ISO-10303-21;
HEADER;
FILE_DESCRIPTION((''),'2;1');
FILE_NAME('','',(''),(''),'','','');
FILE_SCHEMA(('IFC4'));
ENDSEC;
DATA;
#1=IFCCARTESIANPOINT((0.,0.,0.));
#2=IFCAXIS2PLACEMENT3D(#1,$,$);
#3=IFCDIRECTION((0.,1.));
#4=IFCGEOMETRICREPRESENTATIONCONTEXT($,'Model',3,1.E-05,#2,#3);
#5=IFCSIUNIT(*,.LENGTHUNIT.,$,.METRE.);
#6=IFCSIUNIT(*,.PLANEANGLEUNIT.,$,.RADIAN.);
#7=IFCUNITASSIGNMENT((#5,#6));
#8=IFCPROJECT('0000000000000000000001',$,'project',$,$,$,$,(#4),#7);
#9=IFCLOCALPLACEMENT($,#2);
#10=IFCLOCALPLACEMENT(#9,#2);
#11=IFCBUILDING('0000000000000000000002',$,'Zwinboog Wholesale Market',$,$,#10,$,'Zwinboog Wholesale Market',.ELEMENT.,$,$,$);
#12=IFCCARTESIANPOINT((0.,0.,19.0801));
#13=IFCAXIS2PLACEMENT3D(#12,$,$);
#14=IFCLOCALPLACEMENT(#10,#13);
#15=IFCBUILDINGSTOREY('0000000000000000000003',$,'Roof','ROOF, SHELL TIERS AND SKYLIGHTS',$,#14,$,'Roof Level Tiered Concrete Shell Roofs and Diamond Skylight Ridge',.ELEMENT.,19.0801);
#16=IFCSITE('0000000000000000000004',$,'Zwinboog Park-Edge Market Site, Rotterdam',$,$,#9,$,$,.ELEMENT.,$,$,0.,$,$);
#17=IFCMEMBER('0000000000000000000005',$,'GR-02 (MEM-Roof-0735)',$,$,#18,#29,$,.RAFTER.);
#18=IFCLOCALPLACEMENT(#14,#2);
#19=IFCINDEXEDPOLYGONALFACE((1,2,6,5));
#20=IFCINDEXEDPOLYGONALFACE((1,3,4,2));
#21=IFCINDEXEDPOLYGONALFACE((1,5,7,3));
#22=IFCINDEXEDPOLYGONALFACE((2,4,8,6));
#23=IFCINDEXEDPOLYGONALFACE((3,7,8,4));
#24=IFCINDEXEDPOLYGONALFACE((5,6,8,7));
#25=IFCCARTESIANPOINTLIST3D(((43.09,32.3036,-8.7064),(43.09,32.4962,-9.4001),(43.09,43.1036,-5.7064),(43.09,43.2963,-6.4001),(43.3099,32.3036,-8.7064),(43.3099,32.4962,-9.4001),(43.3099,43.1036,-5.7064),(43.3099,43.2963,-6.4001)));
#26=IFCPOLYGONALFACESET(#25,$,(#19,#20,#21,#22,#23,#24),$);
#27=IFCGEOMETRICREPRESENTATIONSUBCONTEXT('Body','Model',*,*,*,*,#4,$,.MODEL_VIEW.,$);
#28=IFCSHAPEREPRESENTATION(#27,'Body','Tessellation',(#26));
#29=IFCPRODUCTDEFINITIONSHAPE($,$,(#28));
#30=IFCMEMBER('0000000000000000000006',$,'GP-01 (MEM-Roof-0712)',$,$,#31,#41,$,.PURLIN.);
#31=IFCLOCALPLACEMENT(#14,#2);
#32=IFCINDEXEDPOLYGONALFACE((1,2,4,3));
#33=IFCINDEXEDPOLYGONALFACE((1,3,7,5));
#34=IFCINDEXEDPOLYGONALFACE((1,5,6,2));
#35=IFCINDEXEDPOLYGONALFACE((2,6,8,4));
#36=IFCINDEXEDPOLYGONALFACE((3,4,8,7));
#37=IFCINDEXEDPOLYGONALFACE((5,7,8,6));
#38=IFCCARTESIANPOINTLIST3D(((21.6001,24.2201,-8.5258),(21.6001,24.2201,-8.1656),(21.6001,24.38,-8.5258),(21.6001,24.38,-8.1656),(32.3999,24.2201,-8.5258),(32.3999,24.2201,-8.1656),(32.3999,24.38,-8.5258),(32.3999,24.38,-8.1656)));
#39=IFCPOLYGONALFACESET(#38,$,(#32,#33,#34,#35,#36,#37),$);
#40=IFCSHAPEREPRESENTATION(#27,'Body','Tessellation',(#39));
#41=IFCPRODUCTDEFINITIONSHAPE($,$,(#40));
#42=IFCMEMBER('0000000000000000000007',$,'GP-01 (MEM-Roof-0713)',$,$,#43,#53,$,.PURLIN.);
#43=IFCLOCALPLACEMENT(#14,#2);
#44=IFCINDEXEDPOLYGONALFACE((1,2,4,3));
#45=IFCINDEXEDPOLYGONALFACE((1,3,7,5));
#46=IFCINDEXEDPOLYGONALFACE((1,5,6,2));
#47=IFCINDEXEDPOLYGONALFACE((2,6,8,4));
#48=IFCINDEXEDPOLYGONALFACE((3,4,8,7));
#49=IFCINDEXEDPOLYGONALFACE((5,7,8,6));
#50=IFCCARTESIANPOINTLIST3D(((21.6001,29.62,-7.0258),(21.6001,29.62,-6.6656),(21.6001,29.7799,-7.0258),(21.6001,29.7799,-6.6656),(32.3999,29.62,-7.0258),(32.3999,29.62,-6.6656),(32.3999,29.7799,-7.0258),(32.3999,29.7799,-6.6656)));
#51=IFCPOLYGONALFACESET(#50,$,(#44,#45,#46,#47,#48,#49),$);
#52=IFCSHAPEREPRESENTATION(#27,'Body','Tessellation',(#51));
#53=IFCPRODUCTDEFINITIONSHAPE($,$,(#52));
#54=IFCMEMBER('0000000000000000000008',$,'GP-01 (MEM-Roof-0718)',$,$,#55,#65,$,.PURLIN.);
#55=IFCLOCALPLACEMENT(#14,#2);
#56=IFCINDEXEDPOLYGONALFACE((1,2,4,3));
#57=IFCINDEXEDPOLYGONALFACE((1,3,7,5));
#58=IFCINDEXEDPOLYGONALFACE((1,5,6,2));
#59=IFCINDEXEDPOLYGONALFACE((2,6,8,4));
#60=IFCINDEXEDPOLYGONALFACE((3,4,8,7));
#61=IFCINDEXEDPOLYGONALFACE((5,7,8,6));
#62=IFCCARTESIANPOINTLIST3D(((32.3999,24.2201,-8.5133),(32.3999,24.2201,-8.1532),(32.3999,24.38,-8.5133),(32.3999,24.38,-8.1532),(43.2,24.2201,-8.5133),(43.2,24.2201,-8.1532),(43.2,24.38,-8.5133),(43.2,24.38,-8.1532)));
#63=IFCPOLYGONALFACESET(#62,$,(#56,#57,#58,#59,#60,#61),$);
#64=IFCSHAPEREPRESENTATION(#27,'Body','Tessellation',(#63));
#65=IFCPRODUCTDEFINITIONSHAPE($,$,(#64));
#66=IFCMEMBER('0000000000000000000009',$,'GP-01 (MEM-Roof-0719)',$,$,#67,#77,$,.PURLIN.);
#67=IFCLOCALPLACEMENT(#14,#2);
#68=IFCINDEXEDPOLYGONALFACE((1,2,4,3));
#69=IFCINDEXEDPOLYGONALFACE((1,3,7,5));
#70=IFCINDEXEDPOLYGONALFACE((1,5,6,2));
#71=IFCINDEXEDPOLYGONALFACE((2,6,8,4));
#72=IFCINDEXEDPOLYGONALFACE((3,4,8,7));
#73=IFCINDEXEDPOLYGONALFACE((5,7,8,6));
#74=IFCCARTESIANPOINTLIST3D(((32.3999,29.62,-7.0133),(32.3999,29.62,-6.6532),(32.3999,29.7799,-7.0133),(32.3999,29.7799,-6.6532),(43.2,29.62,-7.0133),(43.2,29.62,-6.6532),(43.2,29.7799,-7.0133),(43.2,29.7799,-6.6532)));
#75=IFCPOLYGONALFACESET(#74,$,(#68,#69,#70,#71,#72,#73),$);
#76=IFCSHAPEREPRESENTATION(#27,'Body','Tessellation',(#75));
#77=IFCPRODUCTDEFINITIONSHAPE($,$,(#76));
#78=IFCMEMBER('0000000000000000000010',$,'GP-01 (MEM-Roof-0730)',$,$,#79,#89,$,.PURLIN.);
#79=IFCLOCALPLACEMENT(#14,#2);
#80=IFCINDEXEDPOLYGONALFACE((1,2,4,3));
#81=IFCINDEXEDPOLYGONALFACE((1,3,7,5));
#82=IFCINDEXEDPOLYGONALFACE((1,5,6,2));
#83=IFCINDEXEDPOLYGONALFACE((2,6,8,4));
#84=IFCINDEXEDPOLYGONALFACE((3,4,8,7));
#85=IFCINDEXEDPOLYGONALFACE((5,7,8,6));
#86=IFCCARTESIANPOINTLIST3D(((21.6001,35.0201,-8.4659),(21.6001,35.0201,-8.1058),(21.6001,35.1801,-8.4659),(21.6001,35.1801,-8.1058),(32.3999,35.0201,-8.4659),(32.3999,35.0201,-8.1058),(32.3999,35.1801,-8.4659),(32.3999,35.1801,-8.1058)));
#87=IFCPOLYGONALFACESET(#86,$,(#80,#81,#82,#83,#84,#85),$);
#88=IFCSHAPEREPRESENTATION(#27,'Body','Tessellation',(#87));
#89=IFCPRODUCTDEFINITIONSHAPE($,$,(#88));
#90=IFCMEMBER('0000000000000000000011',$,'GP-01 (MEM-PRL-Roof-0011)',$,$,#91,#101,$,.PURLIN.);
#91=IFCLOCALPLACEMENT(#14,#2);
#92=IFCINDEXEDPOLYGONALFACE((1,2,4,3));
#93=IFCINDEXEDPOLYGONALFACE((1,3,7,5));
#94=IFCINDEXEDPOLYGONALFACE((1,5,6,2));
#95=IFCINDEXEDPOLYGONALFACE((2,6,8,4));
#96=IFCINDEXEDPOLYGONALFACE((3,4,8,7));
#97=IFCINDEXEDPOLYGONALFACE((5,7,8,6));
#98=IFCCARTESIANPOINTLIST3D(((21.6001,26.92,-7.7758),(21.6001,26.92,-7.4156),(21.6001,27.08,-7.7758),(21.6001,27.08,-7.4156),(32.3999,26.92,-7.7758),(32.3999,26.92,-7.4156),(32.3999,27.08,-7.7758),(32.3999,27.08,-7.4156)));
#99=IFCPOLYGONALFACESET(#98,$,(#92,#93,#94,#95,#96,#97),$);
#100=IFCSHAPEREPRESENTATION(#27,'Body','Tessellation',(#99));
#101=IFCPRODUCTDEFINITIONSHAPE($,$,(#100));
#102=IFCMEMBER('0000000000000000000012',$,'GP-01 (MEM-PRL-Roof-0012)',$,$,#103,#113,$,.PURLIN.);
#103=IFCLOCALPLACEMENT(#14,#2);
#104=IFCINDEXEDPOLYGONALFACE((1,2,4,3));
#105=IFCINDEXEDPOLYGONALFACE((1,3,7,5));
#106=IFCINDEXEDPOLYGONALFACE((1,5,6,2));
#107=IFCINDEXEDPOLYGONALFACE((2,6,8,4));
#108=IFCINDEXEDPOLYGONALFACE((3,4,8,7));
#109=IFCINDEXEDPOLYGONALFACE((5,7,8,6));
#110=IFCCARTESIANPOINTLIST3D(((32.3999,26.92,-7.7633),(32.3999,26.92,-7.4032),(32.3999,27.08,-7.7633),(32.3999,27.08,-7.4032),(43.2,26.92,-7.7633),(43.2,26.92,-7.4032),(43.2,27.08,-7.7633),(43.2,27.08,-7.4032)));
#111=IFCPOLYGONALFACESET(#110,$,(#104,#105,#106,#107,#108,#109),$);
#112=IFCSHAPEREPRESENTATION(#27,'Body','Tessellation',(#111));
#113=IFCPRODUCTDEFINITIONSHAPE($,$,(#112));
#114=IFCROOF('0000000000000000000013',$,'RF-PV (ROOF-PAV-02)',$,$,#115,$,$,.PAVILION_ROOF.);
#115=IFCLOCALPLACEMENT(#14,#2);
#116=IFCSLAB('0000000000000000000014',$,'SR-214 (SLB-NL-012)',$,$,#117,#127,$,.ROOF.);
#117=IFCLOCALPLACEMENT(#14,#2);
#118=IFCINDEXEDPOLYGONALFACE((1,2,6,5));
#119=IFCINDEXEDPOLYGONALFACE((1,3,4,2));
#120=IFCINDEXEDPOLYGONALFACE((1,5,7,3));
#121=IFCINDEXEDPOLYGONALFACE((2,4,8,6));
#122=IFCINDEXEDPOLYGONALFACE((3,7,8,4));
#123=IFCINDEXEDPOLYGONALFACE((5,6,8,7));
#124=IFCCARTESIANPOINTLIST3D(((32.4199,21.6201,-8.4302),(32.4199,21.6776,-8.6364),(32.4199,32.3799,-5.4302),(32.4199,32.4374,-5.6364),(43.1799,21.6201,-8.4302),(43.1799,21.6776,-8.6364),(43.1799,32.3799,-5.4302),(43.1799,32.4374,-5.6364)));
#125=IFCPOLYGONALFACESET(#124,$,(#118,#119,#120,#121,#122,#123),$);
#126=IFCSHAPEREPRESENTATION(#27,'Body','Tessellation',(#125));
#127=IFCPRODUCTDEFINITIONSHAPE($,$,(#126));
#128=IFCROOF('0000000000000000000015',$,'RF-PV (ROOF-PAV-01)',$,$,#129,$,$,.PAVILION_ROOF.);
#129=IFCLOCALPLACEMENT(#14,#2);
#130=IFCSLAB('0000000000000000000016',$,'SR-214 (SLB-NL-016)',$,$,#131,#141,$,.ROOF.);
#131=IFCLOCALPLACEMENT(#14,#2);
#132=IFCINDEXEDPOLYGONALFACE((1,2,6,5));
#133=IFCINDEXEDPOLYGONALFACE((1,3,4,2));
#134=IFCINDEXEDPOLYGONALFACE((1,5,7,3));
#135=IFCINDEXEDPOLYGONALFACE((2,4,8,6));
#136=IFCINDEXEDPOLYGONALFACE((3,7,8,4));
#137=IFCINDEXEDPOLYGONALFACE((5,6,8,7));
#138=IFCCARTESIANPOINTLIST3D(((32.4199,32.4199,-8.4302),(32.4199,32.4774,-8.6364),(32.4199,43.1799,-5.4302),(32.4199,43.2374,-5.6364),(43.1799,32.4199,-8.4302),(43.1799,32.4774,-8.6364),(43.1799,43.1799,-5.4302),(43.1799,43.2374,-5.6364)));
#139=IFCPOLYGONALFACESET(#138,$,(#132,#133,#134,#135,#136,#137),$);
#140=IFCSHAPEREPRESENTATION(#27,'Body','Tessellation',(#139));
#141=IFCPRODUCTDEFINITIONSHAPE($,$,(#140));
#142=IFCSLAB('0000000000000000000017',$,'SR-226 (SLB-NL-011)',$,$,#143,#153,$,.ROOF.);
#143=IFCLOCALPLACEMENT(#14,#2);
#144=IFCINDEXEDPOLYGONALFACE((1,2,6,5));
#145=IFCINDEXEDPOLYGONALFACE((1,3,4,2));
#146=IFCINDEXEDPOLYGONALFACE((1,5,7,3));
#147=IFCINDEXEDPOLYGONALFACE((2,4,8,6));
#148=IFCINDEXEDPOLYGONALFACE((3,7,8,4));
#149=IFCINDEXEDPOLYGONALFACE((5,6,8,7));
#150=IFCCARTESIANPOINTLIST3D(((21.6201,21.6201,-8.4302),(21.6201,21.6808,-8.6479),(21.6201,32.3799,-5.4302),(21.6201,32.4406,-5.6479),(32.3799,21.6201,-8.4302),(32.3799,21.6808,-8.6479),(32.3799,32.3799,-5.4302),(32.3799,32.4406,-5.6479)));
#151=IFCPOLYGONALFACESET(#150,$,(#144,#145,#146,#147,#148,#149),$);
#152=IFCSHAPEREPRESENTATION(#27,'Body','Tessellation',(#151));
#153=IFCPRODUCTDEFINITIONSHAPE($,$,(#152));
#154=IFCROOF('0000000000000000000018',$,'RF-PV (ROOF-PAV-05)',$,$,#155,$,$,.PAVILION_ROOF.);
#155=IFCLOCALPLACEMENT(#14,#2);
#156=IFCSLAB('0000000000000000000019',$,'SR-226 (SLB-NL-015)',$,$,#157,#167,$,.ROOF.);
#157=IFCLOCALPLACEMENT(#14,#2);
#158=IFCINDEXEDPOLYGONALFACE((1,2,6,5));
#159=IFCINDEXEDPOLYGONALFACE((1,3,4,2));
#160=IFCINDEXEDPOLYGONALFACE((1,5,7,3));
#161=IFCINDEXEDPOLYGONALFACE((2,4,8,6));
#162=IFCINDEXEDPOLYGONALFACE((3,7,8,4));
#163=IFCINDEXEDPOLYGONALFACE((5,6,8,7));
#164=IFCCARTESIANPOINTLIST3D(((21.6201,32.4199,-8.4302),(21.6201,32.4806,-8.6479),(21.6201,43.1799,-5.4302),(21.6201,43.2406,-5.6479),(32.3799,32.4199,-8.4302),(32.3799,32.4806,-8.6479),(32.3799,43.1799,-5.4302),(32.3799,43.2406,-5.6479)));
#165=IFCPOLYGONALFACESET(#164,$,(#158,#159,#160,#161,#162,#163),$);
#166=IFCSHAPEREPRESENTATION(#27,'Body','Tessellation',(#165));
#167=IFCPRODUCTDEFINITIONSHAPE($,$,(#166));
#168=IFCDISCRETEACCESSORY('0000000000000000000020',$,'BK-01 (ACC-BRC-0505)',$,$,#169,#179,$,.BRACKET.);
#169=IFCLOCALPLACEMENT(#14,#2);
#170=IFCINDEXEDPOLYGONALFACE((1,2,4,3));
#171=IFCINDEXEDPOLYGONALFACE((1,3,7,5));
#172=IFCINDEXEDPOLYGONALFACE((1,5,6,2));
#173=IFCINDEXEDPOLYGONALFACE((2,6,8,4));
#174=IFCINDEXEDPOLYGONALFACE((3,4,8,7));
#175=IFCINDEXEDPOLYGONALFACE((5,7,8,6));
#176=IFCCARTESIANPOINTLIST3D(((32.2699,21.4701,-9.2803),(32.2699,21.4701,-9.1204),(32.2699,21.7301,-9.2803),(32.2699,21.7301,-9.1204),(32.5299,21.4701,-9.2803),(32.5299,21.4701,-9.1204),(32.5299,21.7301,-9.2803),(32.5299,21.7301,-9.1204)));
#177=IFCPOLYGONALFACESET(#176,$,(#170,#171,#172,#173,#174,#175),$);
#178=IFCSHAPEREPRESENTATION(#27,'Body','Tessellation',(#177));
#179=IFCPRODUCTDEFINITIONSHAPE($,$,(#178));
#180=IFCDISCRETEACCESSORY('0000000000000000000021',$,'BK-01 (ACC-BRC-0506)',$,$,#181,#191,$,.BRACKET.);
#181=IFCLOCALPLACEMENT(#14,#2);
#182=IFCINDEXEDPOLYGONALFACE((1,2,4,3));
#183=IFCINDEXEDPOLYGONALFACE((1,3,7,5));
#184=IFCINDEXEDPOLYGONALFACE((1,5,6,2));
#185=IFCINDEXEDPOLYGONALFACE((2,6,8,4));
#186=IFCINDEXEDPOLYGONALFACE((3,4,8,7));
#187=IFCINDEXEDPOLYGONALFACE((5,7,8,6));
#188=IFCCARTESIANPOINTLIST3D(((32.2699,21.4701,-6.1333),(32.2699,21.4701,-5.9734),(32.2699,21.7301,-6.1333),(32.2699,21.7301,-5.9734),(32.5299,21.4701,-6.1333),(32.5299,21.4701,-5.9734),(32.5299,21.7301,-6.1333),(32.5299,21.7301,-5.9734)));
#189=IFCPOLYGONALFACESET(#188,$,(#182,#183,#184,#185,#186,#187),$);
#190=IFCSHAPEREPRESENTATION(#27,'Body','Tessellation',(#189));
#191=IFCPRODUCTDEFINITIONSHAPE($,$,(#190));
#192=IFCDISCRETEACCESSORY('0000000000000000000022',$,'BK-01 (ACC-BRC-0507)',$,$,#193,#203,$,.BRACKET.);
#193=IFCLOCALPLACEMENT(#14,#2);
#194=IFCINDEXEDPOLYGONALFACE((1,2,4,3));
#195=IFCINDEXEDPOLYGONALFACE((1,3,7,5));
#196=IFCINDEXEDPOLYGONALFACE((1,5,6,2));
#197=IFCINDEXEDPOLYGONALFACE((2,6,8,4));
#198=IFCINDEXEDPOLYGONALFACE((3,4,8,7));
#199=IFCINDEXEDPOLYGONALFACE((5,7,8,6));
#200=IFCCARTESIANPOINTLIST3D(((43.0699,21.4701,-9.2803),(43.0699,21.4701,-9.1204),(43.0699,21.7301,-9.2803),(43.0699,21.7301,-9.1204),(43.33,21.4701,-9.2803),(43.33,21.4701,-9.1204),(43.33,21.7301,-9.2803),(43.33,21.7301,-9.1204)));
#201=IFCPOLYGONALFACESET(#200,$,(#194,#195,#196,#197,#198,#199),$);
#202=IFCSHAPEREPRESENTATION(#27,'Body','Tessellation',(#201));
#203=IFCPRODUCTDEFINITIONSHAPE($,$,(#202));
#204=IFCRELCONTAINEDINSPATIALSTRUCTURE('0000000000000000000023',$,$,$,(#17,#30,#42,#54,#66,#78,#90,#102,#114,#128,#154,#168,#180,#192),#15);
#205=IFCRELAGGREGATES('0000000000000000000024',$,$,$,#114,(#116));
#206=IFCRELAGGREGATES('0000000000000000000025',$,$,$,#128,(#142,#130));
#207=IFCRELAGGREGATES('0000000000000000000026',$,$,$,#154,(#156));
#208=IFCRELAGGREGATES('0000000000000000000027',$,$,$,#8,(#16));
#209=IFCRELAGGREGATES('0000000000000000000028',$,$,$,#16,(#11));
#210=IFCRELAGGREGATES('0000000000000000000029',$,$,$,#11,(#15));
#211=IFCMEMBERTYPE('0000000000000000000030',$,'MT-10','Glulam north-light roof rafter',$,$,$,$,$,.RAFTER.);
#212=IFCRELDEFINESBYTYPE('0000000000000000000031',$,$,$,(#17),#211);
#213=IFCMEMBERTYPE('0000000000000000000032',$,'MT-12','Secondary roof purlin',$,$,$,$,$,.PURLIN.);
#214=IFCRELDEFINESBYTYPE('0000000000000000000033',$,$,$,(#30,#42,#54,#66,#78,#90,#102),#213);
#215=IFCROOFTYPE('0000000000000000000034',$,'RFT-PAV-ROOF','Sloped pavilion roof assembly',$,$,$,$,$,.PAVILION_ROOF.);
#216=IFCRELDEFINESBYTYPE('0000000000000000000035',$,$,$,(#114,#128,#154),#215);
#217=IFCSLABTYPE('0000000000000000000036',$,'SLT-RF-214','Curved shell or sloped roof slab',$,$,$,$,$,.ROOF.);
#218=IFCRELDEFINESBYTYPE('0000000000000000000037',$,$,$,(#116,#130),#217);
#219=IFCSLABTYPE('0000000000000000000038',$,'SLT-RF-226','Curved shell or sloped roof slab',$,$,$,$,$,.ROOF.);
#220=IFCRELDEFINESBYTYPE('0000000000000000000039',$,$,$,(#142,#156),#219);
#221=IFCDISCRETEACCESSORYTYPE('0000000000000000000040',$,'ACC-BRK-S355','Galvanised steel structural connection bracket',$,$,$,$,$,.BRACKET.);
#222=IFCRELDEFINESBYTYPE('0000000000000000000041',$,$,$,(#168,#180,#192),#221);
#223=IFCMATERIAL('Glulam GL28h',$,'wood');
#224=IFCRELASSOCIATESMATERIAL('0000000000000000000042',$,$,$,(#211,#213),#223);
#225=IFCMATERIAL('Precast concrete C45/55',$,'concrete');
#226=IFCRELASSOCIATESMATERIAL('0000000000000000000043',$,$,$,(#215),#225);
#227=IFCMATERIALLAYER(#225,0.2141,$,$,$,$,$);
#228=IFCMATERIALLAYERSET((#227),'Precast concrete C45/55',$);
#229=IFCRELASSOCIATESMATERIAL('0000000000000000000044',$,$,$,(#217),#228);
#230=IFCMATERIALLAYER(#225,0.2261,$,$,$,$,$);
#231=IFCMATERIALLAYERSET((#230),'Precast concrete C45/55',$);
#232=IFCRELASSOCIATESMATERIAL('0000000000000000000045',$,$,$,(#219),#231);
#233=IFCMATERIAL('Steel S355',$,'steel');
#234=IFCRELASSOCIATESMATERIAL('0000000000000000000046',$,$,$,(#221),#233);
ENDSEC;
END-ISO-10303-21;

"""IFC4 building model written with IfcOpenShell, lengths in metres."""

from ifc_helpers import new_model, si_unit, direction, frame, origin, origin_2d, place, context, subcontext, project, spatial, polyline, rectangle, outline, extrude, material, layer, layer_set, material_profile, profile_set, type_object, element, aggregate, save


model = new_model("IFC4")

# Units and contexts
model_context = context("Model", 3, precision=1e-05, world=origin(), true_north=direction((0.0, 1.0)))
body_context = subcontext(model_context, "Body", "Model", "MODEL_VIEW")
ifc_project = project(units=[si_unit("LENGTHUNIT", "METRE"), si_unit("PLANEANGLEUNIT", "RADIAN")], contexts=[model_context])

# Site, building, storey
site_placement = place(None, origin())
site = spatial("IfcSite", under=ifc_project, at=site_placement, Name="Zwinboog Park-Edge Market Site, Rotterdam", CompositionType="ELEMENT", RefElevation=0.0)
building_placement = place(site_placement, origin())
building = spatial("IfcBuilding", under=site, at=building_placement, Name="Zwinboog Wholesale Market", LongName="Zwinboog Wholesale Market", CompositionType="ELEMENT")
storey_placement = place(building_placement, frame((0.0, 0.0, 19.0801)))
storey = spatial("IfcBuildingStorey", under=building, at=storey_placement, Name="Roof", Description="ROOF, SHELL TIERS AND SKYLIGHTS", LongName="Roof Level Tiered Concrete Shell Roofs and Diamond Skylight Ridge", CompositionType="ELEMENT", Elevation=19.0801)

# Shared definitions
ifc_material_1 = material(Name="Precast concrete C45/55", Category="concrete")

# Members
ifc_material_2 = material(Name="Steel S355", Category="steel")
ifc_material_3 = material(Name="Glulam GL28h", Category="wood")
ifc_material_profile_1 = material_profile(ifc_material_3, rectangle(XDim=0.22, YDim=0.72, at=origin_2d()), Name="GL28h 220x720")
ifc_profile_set_1 = profile_set([ifc_material_profile_1], Name="Glulam GL28h")
member_type_1 = type_object("IfcMemberType", Name="MT-10", Description="Glulam north-light roof rafter", PredefinedType="RAFTER", material=ifc_profile_set_1)
for number, where, z_axis, x_axis, name in (
    (1, (43.2, 32.3999, -9.0532), (0.0, 0.963518, 0.267643), (-1.0, 0.0, 0.0), "GR-02 (MEM-Roof-0735)"),
):
    element("IfcMember", number, at=place(storey_placement, frame(where, z_axis=z_axis, x_axis=x_axis)), inside=storey, type_object=member_type_1, Name=name, PredefinedType="RAFTER", context=body_context, shape_type="SweptSolid", body=[
        extrude(rectangle(XDim=0.22, YDim=0.72, at=origin_2d()), origin(), (0.0, 0.0, 1.0), 11.209),
    ])
ifc_material_profile_2 = material_profile(ifc_material_3, rectangle(XDim=0.1599, YDim=0.3601, at=origin_2d()), Name="GL28h 160x360")
ifc_profile_set_2 = profile_set([ifc_material_profile_2], Name="Glulam GL28h")
member_type_2 = type_object("IfcMemberType", Name="MT-12", Description="Secondary roof purlin", PredefinedType="PURLIN", material=ifc_profile_set_2)
for number, where, z_axis, x_axis, name in (
    (2, (21.6001, 24.3, -8.3457), (1.0, 0.0, 0.0), (0.0, 1.0, 0.0), "GP-01 (MEM-Roof-0712)"),
    (3, (21.6001, 29.7, -6.8457), (1.0, 0.0, 0.0), (0.0, 1.0, 0.0), "GP-01 (MEM-Roof-0713)"),
):
    element("IfcMember", number, at=place(storey_placement, frame(where, z_axis=z_axis, x_axis=x_axis)), inside=storey, type_object=member_type_2, Name=name, PredefinedType="PURLIN", context=body_context, shape_type="SweptSolid", body=[
        extrude(rectangle(XDim=0.1599, YDim=0.3601, at=origin_2d()), origin(), (0.0, 0.0, 1.0), 10.7998),
    ])
for number, where, z_axis, x_axis, name in (
    (4, (32.3999, 24.3, -8.3333), (1.0, 0.0, 0.0), (0.0, 1.0, 0.0), "GP-01 (MEM-Roof-0718)"),
    (5, (32.3999, 29.7, -6.8333), (1.0, 0.0, 0.0), (0.0, 1.0, 0.0), "GP-01 (MEM-Roof-0719)"),
):
    element("IfcMember", number, at=place(storey_placement, frame(where, z_axis=z_axis, x_axis=x_axis)), inside=storey, type_object=member_type_2, Name=name, PredefinedType="PURLIN", context=body_context, shape_type="SweptSolid", body=[
        extrude(rectangle(XDim=0.1599, YDim=0.3601, at=origin_2d()), origin(), (0.0, 0.0, 1.0), 10.8),
    ])
for number, where, z_axis, x_axis, name in (
    (6, (21.6001, 35.1001, -8.2859), (1.0, 0.0, 0.0), (0.0, 1.0, 0.0), "GP-01 (MEM-Roof-0730)"),
    (7, (21.6001, 27.0, -7.5957), (1.0, 0.0, 0.0), (0.0, 1.0, 0.0), "GP-01 (MEM-PRL-Roof-0011)"),
):
    element("IfcMember", number, at=place(storey_placement, frame(where, z_axis=z_axis, x_axis=x_axis)), inside=storey, type_object=member_type_2, Name=name, PredefinedType="PURLIN", context=body_context, shape_type="SweptSolid", body=[
        extrude(rectangle(XDim=0.1599, YDim=0.3601, at=origin_2d()), origin(), (0.0, 0.0, 1.0), 10.7998),
    ])
member_1_placement = place(storey_placement, frame((32.3999, 27.0, -7.5833), z_axis=(1.0, 0.0, 0.0), x_axis=(0.0, 1.0, 0.0)))
element("IfcMember", 8, at=member_1_placement, inside=storey, type_object=member_type_2, Name="GP-01 (MEM-PRL-Roof-0012)", PredefinedType="PURLIN", context=body_context, shape_type="SweptSolid", body=[
    extrude(rectangle(XDim=0.1599, YDim=0.3601, at=origin_2d()), origin(), (0.0, 0.0, 1.0), 10.8),
])

# Roof, slab
roof_type = type_object("IfcRoofType", Name="RFT-PAV-ROOF", Description="Sloped pavilion roof assembly", PredefinedType="PAVILION_ROOF", material=ifc_material_1)
roof_1_placement = place(storey_placement, origin())
roof_1 = element("IfcRoof", 9, at=roof_1_placement, inside=storey, type_object=roof_type, Name="RF-PV (ROOF-PAV-02)", PredefinedType="PAVILION_ROOF")
ifc_layer_1 = layer(ifc_material_1, 0.2141)
ifc_layer_set_1 = layer_set([ifc_layer_1], Name="Precast concrete C45/55")
slab_type_1 = type_object("IfcSlabType", Name="SLT-RF-214", Description="Curved shell or sloped roof slab", PredefinedType="ROOF", material=ifc_layer_set_1)
slab_1_placement = place(storey_placement, frame((32.4199, 21.6201, -8.4302), z_axis=(0.0, -0.268573, 0.963259), x_axis=(1.0, 0.0, 0.0)))
slab_1 = element("IfcSlab", 10, at=slab_1_placement, type_object=slab_type_1, Name="SR-214 (SLB-NL-012)", PredefinedType="ROOF", context=body_context, shape_type="SweptSolid", body=[
    extrude(outline(polyline([(0.0, 0.0), (10.76, 0.0), (10.76, 11.1702), (0.0, 11.1702), (0.0, 0.0)])), origin(), (0.0, 0.0, -1.0), 0.2141),
])
aggregate(roof_1, [slab_1])

# Roof, slabs
roof_2_placement = place(storey_placement, origin())
roof_2 = element("IfcRoof", 11, at=roof_2_placement, inside=storey, type_object=roof_type, Name="RF-PV (ROOF-PAV-01)", PredefinedType="PAVILION_ROOF")
slab_2_placement = place(storey_placement, frame((32.4199, 32.4199, -8.4302), z_axis=(0.0, -0.268567, 0.963261), x_axis=(1.0, 0.0, 0.0)))
slab_2 = element("IfcSlab", 12, at=slab_2_placement, type_object=slab_type_1, Name="SR-214 (SLB-NL-016)", PredefinedType="ROOF", context=body_context, shape_type="SweptSolid", body=[
    extrude(outline(polyline([(0.0, 0.0), (10.76, 0.0), (10.76, 11.1704), (0.0, 11.1704), (0.0, 0.0)])), origin(), (0.0, 0.0, -1.0), 0.2141),
])
ifc_layer_2 = layer(ifc_material_1, 0.2261)
ifc_layer_set_2 = layer_set([ifc_layer_2], Name="Precast concrete C45/55")
slab_type_2 = type_object("IfcSlabType", Name="SLT-RF-226", Description="Curved shell or sloped roof slab", PredefinedType="ROOF", material=ifc_layer_set_2)
slab_3_placement = place(storey_placement, frame((21.6201, 21.6201, -8.4302), z_axis=(0.0, -0.268573, 0.963259), x_axis=(1.0, 0.0, 0.0)))
slab_3 = element("IfcSlab", 13, at=slab_3_placement, type_object=slab_type_2, Name="SR-226 (SLB-NL-011)", PredefinedType="ROOF", context=body_context, shape_type="SweptSolid", body=[
    extrude(outline(polyline([(0.0, 0.0), (10.7598, 0.0), (10.7598, 11.1702), (0.0, 11.1702), (0.0, 0.0)])), origin(), (0.0, 0.0, -1.0), 0.2261),
])
aggregate(roof_2, [slab_3, slab_2])

# Roof, slab
roof_3_placement = place(storey_placement, origin())
roof_3 = element("IfcRoof", 14, at=roof_3_placement, inside=storey, type_object=roof_type, Name="RF-PV (ROOF-PAV-05)", PredefinedType="PAVILION_ROOF")
slab_4_placement = place(storey_placement, frame((21.6201, 32.4199, -8.4302), z_axis=(0.0, -0.268567, 0.963261), x_axis=(1.0, 0.0, 0.0)))
slab_4 = element("IfcSlab", 15, at=slab_4_placement, type_object=slab_type_2, Name="SR-226 (SLB-NL-015)", PredefinedType="ROOF", context=body_context, shape_type="SweptSolid", body=[
    extrude(outline(polyline([(0.0, 0.0), (10.7598, 0.0), (10.7598, 11.1704), (0.0, 11.1704), (0.0, 0.0)])), origin(), (0.0, 0.0, -1.0), 0.2261),
])
aggregate(roof_3, [slab_4])

# Discrete accessories
discrete_accessory_type = type_object("IfcDiscreteAccessoryType", Name="ACC-BRK-S355", Description="Galvanised steel structural connection bracket", PredefinedType="BRACKET", material=ifc_material_2)
for number, where, z_axis, x_axis, name in (
    (16, (32.3999, 21.6001, -9.2803), (0.0, 0.0, 1.0), (1.0, 0.0, 0.0), "BK-01 (ACC-BRC-0505)"),
    (17, (32.3999, 21.6001, -6.1333), (0.0, 0.0, 1.0), (1.0, 0.0, 0.0), "BK-01 (ACC-BRC-0506)"),
    (18, (43.2, 21.6001, -9.2803), (0.0, 0.0, 1.0), (1.0, 0.0, 0.0), "BK-01 (ACC-BRC-0507)"),
):
    element("IfcDiscreteAccessory", number, at=place(storey_placement, frame(where, z_axis=z_axis, x_axis=x_axis)), inside=storey, type_object=discrete_accessory_type, Name=name, PredefinedType="BRACKET", context=body_context, shape_type="SweptSolid", body=[
        extrude(rectangle(XDim=0.26, YDim=0.26, at=origin_2d()), origin(), (0.0, 0.0, 1.0), 0.1599),
    ])

save(model, "model.ifc")
